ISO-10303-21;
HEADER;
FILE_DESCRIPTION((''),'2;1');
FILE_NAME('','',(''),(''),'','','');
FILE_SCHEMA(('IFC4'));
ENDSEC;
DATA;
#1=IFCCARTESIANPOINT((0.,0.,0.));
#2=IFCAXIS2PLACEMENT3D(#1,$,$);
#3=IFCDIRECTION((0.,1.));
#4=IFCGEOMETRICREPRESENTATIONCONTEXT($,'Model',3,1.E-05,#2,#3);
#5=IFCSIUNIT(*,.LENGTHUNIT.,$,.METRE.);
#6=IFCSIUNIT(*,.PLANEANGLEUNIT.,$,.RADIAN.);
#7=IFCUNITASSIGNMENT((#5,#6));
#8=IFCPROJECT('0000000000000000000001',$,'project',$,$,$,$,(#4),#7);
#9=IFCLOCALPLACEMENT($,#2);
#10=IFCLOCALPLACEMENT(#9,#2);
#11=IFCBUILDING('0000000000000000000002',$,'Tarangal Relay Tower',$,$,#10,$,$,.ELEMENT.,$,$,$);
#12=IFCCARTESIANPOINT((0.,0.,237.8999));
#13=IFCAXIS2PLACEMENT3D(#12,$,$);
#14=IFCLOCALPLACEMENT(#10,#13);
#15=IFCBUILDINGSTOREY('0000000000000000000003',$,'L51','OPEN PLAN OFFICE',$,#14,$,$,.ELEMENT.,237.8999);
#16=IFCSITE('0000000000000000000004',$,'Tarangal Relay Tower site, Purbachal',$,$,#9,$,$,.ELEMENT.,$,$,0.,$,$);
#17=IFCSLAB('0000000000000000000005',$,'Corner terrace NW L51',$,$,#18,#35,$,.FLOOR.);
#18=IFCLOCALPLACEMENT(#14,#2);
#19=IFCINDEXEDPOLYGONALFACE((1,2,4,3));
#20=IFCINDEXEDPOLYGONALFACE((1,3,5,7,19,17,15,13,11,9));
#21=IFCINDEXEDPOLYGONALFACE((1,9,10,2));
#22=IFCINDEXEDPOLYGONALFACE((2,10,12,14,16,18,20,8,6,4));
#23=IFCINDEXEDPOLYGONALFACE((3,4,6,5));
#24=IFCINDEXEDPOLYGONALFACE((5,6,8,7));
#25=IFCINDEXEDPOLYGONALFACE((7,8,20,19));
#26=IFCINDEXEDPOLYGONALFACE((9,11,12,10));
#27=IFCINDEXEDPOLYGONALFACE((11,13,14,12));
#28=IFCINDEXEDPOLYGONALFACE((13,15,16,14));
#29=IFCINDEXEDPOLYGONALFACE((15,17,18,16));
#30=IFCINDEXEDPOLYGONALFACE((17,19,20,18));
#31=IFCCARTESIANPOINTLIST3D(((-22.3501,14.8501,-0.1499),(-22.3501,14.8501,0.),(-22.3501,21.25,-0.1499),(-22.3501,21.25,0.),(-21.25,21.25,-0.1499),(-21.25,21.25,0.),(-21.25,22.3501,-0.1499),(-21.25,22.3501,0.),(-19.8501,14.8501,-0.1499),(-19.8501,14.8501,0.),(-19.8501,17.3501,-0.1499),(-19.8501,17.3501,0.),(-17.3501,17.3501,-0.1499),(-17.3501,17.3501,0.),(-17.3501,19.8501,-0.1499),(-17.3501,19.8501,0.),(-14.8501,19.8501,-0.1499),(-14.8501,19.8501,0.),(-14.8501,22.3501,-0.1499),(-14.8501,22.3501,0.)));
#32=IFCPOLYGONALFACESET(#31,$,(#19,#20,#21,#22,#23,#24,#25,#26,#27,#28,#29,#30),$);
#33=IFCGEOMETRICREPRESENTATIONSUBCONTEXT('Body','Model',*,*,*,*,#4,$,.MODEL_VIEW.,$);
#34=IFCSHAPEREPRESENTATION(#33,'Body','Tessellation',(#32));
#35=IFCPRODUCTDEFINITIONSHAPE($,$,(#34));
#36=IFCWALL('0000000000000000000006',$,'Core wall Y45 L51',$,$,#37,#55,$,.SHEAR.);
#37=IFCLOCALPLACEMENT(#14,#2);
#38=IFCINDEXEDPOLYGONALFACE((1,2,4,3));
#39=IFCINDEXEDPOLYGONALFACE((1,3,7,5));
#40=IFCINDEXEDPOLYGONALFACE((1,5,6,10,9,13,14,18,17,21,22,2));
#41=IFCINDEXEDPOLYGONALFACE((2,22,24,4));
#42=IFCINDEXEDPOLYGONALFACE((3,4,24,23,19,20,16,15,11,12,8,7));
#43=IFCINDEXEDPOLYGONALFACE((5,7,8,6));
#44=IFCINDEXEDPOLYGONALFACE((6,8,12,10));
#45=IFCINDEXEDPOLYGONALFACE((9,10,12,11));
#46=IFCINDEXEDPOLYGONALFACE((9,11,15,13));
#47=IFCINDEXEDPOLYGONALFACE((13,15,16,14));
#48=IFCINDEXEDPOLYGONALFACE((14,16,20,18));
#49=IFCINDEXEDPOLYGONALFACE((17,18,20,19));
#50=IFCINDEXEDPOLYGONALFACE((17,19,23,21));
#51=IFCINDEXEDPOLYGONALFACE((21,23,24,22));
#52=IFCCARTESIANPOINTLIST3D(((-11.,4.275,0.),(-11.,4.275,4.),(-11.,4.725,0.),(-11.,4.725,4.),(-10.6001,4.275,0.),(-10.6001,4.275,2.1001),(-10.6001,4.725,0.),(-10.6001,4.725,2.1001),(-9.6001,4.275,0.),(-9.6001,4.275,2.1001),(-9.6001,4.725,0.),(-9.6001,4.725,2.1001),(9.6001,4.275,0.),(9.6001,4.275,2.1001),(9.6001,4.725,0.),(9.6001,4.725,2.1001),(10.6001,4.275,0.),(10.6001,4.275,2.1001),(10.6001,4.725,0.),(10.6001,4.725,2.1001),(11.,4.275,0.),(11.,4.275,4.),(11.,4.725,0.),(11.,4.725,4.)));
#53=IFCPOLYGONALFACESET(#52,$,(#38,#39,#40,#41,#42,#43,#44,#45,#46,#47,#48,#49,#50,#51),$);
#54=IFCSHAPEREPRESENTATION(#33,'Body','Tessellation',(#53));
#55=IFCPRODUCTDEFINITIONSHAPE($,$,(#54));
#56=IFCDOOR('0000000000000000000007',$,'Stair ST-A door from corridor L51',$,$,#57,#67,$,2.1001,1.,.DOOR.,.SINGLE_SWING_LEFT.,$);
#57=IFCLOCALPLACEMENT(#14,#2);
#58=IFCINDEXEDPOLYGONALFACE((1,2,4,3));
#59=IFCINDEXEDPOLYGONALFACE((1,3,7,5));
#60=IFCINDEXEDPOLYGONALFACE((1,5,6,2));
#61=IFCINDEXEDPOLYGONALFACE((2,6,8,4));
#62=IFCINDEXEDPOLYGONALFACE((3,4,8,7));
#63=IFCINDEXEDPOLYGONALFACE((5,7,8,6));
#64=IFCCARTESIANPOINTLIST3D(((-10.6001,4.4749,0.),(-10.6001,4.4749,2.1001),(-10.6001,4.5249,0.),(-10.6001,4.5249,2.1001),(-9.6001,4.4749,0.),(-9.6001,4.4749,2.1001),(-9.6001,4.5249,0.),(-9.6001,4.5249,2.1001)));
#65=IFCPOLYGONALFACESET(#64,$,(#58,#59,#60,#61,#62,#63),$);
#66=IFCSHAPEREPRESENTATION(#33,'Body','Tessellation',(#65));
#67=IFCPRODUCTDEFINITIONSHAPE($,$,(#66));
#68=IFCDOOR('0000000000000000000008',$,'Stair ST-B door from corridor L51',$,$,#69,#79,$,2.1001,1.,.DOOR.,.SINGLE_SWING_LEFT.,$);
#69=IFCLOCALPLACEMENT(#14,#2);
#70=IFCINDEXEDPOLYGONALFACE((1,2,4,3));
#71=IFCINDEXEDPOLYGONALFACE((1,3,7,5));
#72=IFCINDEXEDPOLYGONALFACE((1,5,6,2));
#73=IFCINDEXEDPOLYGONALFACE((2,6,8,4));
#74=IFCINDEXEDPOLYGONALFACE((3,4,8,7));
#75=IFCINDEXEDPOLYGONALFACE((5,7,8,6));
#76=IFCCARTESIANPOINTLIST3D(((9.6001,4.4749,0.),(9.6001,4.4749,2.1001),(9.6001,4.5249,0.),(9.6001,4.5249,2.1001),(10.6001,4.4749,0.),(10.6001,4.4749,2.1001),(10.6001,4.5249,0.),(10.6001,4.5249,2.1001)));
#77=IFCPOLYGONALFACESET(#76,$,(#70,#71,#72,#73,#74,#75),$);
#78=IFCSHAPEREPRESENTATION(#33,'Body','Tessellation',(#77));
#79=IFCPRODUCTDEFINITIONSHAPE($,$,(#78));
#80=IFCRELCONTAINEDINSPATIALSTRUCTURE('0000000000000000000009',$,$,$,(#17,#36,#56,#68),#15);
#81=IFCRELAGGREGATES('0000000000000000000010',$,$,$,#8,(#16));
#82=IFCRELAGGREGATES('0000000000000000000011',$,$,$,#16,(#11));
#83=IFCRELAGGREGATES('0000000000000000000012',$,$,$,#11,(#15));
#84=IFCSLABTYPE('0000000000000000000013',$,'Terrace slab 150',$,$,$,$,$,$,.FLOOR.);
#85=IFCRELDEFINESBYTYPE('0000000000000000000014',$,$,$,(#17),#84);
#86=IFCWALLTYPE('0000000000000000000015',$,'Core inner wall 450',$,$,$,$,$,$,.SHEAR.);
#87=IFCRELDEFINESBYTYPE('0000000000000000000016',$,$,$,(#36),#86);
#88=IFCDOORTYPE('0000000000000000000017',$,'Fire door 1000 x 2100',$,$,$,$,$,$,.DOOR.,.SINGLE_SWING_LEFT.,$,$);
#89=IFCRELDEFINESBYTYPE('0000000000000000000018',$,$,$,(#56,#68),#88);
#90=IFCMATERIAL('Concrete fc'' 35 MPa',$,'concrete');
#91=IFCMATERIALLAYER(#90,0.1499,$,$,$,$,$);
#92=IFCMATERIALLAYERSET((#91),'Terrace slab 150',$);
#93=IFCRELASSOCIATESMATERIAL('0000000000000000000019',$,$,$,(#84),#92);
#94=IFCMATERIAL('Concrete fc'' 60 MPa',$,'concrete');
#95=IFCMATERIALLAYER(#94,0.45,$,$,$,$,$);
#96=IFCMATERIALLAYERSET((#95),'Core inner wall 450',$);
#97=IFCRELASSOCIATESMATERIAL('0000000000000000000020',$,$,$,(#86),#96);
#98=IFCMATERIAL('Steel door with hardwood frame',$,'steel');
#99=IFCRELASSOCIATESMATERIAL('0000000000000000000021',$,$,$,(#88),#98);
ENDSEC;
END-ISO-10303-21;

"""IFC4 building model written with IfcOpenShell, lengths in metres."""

from ifc_helpers import new_model, si_unit, direction, frame, frame_2d, origin, place, context, subcontext, project, spatial, polyline, rectangle, outline, extrude, material, layer, layer_set, type_object, element, fill, save


model = new_model("IFC4")

# Units and contexts
model_context = context("Model", 3, precision=1e-05, world=origin(), true_north=direction((0.0, 1.0)))
body_context = subcontext(model_context, "Body", "Model", "MODEL_VIEW")
ifc_project = project(units=[si_unit("LENGTHUNIT", "METRE"), si_unit("PLANEANGLEUNIT", "RADIAN")], contexts=[model_context])

# Site, building, storey
site_placement = place(None, origin())
site = spatial("IfcSite", under=ifc_project, at=site_placement, Name="Tarangal Relay Tower site, Purbachal", CompositionType="ELEMENT", RefElevation=0.0)
building_placement = place(site_placement, origin())
building = spatial("IfcBuilding", under=site, at=building_placement, Name="Tarangal Relay Tower", CompositionType="ELEMENT")
storey_placement = place(building_placement, frame((0.0, 0.0, 237.8999)))
storey = spatial("IfcBuildingStorey", under=building, at=storey_placement, Name="L51", Description="OPEN PLAN OFFICE", CompositionType="ELEMENT", Elevation=237.8999)

# Slab
ifc_material_1 = material(Name="Concrete fc' 35 MPa", Category="concrete")
ifc_layer_1 = layer(ifc_material_1, 0.1499)
ifc_layer_set_1 = layer_set([ifc_layer_1], Name="Terrace slab 150")
slab_type_1 = type_object("IfcSlabType", Name="Terrace slab 150", PredefinedType="FLOOR", material=ifc_layer_set_1)
slab_1_placement = place(storey_placement, frame((0.0, 0.0, -0.1499)))
element("IfcSlab", 1, at=slab_1_placement, inside=storey, type_object=slab_type_1, Name="Corner terrace NW L51", PredefinedType="FLOOR", context=body_context, shape_type="SweptSolid", body=[
    extrude(outline(polyline([(-22.3501, 14.8501), (-19.8501, 14.8501), (-19.8501, 17.3501), (-17.3501, 17.3501), (-17.3501, 19.8501), (-14.8501, 19.8501), (-14.8501, 22.3501), (-21.25, 22.3501), (-21.25, 21.25), (-22.3501, 21.25), (-22.3501, 14.8501)])), origin(), (0.0, 0.0, 1.0), 0.1499),
])

# Wall, openings, doors
ifc_material_2 = material(Name="Concrete fc' 60 MPa", Category="concrete")
ifc_layer_2 = layer(ifc_material_2, 0.45)
ifc_layer_set_2 = layer_set([ifc_layer_2], Name="Core inner wall 450")
wall_type = type_object("IfcWallType", Name="Core inner wall 450", PredefinedType="SHEAR", material=ifc_layer_set_2)
wall_1_placement = place(storey_placement, frame((-11.0, 4.5, 0.0), z_axis=(0.0, 0.0, 1.0), x_axis=(1.0, 0.0, 0.0)))
wall_1 = element("IfcWall", 2, at=wall_1_placement, inside=storey, type_object=wall_type, Name="Core wall Y45 L51", PredefinedType="SHEAR", context=body_context, shape_type="SweptSolid", body=[
    extrude(rectangle(XDim=22.0, YDim=0.45, at=frame_2d((11.0, 0.0))), origin(), (0.0, 0.0, 1.0), 4.0),
])
opening_1_placement = place(wall_1_placement, frame((0.3999, 0.0, 0.0)))
opening_1 = element("IfcOpeningElement", 3, at=opening_1_placement, cuts=wall_1, PredefinedType="OPENING", context=body_context, shape_type="SweptSolid", body=[
    extrude(rectangle(XDim=1.0, YDim=2.1001, at=frame_2d((0.5, 1.05))), frame((0.0, 0.2349, 0.0), z_axis=(0.0, -1.0, 0.0), x_axis=(1.0, 0.0, 0.0)), (0.0, 0.0, 1.0), 0.47),
])
opening_2_placement = place(wall_1_placement, frame((20.6001, 0.0, 0.0)))
opening_2 = element("IfcOpeningElement", 4, at=opening_2_placement, cuts=wall_1, PredefinedType="OPENING", context=body_context, shape_type="SweptSolid", body=[
    extrude(rectangle(XDim=1.0, YDim=2.1001, at=frame_2d((0.5, 1.05))), frame((0.0, 0.2349, 0.0), z_axis=(0.0, -1.0, 0.0), x_axis=(1.0, 0.0, 0.0)), (0.0, 0.0, 1.0), 0.47),
])
ifc_material_3 = material(Name="Steel door with hardwood frame", Category="steel")
door_type_1 = type_object("IfcDoorType", Name="Fire door 1000 x 2100", OperationType="SINGLE_SWING_LEFT", PredefinedType="DOOR", material=ifc_material_3)
door_1_placement = place(opening_1_placement, origin())
door_1 = element("IfcDoor", 5, at=door_1_placement, inside=storey, type_object=door_type_1, Name="Stair ST-A door from corridor L51", OperationType="SINGLE_SWING_LEFT", OverallHeight=2.1001, OverallWidth=1.0, PredefinedType="DOOR", context=body_context, shape_type="SweptSolid", body=[
    extrude(rectangle(XDim=1.0, YDim=2.1001, at=frame_2d((0.5, 1.05))), frame((0.0, 0.0249, 0.0), z_axis=(0.0, -1.0, 0.0), x_axis=(1.0, 0.0, 0.0)), (0.0, 0.0, 1.0), 0.05),
])
fill(opening_1, door_1)
door_2_placement = place(opening_2_placement, origin())
door_2 = element("IfcDoor", 6, at=door_2_placement, inside=storey, type_object=door_type_1, Name="Stair ST-B door from corridor L51", OperationType="SINGLE_SWING_LEFT", OverallHeight=2.1001, OverallWidth=1.0, PredefinedType="DOOR", context=body_context, shape_type="SweptSolid", body=[
    extrude(rectangle(XDim=1.0, YDim=2.1001, at=frame_2d((0.5, 1.05))), frame((0.0, 0.0249, 0.0), z_axis=(0.0, -1.0, 0.0), x_axis=(1.0, 0.0, 0.0)), (0.0, 0.0, 1.0), 0.05),
])
fill(opening_2, door_2)

save(model, "model.ifc")
